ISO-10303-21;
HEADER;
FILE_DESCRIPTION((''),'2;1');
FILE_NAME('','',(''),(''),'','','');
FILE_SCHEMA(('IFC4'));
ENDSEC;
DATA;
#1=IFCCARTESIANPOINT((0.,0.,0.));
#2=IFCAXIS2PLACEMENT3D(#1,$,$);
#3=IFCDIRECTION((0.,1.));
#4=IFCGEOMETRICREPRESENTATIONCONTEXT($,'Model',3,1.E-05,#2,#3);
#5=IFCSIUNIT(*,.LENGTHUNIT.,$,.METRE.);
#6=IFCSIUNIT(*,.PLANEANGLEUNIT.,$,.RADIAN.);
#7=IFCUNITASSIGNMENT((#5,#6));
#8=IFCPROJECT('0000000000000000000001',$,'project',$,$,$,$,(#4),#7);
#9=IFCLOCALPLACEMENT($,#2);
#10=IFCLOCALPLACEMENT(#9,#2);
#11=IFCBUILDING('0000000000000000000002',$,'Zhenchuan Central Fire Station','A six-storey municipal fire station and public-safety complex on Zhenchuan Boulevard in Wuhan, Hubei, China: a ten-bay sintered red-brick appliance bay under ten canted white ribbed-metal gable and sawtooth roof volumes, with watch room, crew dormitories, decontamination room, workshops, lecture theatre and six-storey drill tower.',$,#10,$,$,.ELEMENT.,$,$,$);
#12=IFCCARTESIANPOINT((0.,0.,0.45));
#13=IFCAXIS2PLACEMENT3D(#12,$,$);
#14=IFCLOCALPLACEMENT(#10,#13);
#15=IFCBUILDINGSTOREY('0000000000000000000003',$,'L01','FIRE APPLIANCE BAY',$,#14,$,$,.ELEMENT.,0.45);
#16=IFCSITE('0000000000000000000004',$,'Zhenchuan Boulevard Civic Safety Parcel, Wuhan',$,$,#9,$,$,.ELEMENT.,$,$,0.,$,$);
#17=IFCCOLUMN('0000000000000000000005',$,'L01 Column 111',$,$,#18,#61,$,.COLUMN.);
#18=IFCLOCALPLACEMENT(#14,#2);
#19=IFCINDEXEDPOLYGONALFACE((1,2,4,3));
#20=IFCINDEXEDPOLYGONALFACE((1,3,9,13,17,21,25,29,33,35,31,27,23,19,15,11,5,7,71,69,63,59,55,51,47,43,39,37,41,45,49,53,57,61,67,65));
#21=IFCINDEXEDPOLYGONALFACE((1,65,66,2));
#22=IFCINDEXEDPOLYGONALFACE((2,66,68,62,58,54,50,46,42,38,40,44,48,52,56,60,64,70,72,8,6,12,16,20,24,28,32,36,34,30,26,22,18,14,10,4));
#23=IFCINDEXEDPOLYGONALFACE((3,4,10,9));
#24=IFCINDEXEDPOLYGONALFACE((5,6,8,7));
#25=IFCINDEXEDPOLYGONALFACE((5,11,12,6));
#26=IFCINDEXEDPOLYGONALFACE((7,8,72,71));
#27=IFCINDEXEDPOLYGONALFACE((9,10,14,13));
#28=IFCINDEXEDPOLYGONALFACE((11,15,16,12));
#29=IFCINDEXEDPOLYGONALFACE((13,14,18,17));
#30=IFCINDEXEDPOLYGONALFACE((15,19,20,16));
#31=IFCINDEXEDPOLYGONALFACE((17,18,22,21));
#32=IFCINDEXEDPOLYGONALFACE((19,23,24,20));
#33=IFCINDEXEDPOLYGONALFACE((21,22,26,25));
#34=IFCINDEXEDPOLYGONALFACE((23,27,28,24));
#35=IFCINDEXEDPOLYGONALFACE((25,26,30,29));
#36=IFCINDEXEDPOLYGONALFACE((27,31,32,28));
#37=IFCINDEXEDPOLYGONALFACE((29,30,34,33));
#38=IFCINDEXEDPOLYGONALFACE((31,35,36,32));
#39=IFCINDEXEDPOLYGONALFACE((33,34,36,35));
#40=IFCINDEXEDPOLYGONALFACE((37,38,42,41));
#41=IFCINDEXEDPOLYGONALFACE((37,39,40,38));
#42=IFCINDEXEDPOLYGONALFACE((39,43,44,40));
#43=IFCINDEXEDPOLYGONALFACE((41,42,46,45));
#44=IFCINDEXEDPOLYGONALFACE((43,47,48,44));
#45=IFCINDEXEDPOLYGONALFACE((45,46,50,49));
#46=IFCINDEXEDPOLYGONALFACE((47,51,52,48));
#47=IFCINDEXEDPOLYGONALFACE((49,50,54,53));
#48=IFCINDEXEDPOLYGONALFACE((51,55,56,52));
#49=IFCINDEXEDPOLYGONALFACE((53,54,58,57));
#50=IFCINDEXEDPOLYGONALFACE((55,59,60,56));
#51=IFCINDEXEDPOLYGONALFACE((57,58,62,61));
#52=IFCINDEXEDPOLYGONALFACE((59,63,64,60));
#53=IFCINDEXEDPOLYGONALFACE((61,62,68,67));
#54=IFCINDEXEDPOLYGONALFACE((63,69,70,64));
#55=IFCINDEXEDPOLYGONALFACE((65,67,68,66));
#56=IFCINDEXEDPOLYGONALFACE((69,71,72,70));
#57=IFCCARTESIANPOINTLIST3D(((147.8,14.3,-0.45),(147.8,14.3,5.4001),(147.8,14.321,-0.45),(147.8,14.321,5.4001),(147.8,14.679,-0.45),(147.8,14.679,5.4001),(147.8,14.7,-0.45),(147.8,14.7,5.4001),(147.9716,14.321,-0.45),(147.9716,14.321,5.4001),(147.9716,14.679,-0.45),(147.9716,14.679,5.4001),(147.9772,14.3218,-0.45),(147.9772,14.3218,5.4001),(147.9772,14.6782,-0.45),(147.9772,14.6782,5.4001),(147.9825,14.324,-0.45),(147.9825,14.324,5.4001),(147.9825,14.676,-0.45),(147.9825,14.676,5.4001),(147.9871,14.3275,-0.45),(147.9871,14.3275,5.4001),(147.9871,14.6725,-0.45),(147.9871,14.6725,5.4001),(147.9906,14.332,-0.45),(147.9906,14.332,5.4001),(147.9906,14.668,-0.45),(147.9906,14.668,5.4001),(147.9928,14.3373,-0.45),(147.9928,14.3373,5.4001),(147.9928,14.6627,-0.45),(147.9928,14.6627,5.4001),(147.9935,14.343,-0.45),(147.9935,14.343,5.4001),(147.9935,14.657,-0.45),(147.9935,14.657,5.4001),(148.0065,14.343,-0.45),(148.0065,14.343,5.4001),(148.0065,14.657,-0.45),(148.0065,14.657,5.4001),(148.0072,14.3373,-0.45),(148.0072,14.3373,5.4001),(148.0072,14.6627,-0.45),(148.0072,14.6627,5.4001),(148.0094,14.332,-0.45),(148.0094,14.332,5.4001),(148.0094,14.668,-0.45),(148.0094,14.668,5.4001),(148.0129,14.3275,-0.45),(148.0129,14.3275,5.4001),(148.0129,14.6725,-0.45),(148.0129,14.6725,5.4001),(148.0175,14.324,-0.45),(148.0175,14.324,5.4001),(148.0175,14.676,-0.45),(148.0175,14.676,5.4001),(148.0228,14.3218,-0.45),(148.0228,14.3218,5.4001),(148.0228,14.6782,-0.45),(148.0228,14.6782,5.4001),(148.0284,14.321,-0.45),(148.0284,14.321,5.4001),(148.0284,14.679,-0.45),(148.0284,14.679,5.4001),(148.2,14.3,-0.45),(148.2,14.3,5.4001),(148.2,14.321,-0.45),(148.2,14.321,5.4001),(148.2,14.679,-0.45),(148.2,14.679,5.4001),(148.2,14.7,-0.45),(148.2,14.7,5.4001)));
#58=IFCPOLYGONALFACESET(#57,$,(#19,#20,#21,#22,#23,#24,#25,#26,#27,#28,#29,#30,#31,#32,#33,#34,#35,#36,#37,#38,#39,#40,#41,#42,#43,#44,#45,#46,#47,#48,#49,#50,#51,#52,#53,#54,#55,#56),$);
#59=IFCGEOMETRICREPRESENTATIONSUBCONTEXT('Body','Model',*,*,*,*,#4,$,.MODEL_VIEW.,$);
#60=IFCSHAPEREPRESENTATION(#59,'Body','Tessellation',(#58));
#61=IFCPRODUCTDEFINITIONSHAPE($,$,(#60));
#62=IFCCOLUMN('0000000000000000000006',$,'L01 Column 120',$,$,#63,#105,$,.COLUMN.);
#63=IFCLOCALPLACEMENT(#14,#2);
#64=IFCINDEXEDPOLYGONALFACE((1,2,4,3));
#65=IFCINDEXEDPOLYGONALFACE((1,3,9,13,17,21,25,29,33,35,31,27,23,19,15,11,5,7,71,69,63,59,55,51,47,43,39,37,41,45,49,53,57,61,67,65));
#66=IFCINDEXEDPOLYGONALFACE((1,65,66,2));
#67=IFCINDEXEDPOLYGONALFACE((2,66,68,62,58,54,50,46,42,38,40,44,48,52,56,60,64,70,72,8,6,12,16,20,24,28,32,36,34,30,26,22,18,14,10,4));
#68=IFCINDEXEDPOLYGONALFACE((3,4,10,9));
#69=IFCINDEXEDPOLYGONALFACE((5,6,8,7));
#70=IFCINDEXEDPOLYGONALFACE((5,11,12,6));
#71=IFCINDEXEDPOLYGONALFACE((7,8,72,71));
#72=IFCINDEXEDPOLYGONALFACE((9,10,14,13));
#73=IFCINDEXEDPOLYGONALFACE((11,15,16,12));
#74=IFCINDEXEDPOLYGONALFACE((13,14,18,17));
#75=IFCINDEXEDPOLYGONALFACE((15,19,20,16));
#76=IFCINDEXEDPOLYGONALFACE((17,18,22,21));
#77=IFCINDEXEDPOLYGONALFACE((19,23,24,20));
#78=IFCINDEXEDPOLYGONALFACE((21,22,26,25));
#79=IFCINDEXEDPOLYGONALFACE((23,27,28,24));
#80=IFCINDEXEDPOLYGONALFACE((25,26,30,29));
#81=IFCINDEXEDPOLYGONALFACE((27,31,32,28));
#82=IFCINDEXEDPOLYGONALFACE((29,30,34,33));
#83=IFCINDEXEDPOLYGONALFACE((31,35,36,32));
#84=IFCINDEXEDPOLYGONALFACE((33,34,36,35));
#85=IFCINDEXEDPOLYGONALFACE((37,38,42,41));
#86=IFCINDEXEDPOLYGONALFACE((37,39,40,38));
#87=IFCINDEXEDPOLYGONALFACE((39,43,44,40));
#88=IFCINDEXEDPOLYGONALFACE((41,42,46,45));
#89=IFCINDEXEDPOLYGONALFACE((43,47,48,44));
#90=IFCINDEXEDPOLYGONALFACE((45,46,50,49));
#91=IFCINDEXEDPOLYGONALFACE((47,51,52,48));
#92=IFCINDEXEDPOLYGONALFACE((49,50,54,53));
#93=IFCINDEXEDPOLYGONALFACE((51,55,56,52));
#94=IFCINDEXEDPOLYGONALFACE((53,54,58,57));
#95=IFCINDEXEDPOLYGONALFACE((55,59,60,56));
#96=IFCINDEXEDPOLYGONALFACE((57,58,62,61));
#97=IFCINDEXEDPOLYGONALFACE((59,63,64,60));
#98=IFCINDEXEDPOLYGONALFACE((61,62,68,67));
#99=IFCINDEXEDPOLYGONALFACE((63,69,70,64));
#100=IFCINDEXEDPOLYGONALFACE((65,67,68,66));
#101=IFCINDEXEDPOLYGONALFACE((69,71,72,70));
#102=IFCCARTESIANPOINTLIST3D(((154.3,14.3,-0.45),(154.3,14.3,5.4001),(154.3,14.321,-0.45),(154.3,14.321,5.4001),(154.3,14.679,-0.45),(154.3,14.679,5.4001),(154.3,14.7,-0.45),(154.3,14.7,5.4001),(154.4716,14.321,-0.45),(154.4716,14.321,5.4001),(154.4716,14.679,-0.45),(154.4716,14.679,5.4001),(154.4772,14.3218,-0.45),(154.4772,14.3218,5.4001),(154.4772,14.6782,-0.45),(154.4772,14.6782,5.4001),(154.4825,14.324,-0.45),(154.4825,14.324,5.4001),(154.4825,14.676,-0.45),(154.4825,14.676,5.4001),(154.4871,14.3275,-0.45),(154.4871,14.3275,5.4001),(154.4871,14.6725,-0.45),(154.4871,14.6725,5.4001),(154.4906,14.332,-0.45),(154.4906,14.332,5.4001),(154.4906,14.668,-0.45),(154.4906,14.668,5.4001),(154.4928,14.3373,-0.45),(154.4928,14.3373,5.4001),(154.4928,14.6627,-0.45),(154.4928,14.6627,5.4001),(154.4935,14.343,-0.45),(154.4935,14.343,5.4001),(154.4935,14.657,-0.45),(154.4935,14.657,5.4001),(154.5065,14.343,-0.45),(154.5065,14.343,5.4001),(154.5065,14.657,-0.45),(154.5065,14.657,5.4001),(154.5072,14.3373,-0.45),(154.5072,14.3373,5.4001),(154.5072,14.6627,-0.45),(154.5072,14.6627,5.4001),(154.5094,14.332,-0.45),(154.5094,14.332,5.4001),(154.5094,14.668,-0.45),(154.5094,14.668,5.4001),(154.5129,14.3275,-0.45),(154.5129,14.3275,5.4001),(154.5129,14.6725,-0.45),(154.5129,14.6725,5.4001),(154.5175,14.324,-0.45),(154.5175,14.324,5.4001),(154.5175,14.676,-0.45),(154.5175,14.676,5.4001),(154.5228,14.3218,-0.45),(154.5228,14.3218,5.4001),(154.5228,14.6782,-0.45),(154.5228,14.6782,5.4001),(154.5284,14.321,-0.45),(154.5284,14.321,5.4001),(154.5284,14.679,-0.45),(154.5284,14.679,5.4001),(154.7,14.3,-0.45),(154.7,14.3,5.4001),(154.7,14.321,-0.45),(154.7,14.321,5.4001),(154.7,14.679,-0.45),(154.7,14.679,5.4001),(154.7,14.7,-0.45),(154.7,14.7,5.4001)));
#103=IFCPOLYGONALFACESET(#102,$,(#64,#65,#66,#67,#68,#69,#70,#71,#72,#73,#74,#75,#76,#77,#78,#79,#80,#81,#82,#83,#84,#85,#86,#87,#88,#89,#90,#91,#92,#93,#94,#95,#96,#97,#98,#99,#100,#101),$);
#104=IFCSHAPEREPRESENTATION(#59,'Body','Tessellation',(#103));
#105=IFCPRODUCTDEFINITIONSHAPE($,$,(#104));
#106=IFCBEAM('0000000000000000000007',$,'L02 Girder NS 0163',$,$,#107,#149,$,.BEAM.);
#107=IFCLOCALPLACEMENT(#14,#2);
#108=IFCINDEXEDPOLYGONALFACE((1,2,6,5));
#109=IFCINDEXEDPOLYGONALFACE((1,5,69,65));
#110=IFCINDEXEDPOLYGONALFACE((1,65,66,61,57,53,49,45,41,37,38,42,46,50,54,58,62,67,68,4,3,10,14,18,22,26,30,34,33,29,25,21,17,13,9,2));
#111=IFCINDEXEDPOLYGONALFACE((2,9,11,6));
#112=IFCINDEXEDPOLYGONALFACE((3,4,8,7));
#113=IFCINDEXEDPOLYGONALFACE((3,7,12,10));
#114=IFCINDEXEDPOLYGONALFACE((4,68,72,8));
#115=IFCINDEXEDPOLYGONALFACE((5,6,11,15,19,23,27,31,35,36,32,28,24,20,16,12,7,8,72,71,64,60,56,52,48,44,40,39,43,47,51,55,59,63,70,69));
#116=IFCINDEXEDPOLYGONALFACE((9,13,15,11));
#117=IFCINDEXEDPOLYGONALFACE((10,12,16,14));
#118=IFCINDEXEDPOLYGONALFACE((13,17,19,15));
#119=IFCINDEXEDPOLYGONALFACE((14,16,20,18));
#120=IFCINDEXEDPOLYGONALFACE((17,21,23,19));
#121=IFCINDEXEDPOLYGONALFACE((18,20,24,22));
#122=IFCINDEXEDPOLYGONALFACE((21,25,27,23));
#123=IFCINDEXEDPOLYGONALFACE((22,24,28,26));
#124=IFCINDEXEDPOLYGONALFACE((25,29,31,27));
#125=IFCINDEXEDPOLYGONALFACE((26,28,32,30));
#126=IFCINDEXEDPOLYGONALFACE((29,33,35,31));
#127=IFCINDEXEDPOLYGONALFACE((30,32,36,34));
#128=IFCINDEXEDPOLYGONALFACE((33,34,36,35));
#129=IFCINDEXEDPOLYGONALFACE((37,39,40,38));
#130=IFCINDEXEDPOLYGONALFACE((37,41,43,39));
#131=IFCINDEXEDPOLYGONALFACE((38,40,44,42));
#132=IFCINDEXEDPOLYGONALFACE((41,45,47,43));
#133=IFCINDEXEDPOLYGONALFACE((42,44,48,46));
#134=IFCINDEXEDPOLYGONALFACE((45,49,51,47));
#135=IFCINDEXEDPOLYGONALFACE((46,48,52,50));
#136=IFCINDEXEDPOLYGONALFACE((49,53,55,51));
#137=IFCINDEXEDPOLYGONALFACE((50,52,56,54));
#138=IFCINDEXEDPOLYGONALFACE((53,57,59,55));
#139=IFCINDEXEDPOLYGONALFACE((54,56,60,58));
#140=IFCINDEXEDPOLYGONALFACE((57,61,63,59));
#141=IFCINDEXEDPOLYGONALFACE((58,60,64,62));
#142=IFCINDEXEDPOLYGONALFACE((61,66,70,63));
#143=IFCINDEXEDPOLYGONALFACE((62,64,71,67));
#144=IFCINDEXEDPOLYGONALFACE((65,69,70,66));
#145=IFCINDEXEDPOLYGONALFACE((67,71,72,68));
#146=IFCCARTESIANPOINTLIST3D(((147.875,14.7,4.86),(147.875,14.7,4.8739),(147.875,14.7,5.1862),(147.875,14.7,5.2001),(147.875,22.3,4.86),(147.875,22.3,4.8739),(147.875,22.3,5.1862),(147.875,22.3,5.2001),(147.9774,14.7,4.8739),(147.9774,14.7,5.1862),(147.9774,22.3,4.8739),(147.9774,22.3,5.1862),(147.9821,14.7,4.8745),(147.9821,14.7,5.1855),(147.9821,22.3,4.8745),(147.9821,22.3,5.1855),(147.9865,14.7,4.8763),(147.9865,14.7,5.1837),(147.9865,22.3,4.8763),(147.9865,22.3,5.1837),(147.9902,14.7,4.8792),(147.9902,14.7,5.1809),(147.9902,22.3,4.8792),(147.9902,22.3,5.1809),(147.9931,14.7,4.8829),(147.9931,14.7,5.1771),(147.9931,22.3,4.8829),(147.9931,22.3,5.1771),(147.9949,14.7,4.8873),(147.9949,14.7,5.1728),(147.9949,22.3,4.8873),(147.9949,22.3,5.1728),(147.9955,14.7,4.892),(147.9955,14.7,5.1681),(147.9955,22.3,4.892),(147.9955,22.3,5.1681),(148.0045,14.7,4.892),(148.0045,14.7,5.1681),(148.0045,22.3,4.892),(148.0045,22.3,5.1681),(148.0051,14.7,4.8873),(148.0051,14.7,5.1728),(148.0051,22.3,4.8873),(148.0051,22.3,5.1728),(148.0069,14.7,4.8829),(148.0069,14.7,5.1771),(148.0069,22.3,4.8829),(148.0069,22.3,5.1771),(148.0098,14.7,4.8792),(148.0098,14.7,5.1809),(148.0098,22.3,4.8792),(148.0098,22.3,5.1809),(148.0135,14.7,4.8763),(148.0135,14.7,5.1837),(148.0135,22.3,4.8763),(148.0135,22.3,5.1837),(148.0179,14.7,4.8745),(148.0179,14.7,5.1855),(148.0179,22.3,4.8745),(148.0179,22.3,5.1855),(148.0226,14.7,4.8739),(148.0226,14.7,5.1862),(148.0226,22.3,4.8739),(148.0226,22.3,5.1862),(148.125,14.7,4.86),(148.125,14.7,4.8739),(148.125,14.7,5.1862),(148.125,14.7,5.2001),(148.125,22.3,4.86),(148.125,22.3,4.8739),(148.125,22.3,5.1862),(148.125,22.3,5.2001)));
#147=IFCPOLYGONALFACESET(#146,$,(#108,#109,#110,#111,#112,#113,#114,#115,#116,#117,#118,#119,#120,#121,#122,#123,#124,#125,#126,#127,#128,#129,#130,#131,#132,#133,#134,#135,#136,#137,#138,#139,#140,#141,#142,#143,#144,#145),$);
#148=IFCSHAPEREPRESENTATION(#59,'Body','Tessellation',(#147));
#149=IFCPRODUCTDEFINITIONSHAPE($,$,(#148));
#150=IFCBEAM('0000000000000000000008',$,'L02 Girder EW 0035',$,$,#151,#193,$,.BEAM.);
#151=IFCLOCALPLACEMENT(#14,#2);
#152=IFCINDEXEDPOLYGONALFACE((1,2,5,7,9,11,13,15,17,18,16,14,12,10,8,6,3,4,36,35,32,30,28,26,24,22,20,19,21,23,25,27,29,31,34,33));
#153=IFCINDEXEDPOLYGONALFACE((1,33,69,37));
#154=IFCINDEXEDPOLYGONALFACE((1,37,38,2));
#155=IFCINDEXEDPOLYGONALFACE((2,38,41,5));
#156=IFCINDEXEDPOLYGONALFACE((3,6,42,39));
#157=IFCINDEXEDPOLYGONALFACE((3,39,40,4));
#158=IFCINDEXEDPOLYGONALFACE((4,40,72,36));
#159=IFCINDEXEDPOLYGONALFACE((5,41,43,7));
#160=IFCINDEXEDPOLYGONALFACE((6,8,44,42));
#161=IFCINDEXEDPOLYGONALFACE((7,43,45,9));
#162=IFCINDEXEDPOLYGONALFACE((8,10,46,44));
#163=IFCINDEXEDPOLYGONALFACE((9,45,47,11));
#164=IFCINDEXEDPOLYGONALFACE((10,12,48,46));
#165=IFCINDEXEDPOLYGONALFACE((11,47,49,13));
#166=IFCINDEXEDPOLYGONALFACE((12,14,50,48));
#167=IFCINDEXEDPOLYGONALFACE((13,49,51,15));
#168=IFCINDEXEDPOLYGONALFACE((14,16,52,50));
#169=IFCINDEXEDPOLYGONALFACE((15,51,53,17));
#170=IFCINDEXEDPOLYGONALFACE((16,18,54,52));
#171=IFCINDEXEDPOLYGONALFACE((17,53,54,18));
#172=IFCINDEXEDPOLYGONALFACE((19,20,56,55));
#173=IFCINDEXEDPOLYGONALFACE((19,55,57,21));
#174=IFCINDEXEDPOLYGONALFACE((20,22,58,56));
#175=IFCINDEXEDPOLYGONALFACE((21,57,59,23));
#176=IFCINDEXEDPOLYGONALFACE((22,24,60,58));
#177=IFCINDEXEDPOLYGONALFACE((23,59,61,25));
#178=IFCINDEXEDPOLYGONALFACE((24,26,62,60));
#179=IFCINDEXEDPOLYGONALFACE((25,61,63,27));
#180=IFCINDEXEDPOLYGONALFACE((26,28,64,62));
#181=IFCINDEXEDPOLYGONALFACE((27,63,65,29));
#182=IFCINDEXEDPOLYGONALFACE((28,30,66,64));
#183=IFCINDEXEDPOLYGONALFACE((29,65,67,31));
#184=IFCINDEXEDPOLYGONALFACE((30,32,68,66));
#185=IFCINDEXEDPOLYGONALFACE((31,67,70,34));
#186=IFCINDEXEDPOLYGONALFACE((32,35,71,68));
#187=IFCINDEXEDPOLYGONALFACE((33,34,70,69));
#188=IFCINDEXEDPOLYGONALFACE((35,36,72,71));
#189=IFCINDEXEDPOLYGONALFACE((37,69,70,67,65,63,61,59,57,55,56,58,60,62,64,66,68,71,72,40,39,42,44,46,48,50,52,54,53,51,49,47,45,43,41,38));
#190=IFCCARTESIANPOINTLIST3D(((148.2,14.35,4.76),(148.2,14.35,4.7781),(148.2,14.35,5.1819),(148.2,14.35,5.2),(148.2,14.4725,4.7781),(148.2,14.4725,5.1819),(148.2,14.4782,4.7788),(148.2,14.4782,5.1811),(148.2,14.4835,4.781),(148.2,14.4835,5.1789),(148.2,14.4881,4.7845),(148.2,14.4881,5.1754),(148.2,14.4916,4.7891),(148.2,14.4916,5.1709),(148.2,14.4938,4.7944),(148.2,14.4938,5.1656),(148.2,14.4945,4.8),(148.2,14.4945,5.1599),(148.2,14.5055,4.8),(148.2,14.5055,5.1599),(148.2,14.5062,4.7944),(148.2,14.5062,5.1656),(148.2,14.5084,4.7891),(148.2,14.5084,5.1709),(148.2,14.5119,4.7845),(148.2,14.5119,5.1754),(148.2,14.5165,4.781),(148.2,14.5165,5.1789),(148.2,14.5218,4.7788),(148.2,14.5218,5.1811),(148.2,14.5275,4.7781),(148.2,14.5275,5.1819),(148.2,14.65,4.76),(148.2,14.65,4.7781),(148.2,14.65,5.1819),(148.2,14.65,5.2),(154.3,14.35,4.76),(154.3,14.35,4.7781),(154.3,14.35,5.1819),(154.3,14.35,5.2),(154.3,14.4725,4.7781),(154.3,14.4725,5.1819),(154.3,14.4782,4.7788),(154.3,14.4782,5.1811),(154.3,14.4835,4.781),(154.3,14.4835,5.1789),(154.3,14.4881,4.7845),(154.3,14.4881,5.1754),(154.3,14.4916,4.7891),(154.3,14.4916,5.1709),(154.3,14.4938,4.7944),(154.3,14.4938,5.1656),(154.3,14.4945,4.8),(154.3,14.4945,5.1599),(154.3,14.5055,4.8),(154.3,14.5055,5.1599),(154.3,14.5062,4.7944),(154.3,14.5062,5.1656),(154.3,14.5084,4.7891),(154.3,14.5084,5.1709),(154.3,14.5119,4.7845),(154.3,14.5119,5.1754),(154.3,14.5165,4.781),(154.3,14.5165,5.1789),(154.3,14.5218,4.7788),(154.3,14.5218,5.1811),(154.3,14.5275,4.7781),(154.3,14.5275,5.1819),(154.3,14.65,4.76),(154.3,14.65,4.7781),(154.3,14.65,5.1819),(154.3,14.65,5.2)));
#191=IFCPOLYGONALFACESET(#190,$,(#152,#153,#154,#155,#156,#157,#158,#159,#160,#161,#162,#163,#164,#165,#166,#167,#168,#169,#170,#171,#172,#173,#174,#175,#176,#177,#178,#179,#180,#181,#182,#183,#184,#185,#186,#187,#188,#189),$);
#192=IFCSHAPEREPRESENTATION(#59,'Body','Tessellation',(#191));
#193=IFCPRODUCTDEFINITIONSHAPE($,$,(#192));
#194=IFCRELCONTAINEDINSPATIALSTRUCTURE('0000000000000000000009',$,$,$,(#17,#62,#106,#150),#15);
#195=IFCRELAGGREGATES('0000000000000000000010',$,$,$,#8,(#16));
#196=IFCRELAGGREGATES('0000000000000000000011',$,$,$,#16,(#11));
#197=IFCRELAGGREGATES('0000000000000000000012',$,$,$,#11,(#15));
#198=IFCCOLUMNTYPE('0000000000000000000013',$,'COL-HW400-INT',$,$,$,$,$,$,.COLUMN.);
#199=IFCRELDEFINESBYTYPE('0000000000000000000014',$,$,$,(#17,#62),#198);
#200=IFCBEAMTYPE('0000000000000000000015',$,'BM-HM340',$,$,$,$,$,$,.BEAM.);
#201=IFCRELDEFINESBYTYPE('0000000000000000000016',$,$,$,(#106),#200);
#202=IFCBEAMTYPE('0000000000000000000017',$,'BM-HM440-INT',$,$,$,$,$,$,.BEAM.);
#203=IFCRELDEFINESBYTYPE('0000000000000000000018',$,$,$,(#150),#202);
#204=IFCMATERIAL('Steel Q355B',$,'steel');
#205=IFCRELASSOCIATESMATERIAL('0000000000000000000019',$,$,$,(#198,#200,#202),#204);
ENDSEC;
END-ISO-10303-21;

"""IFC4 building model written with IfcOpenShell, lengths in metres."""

from ifc_helpers import new_model, si_unit, direction, frame, origin, origin_2d, place, context, subcontext, project, spatial, i_section, extrude, material, material_profile, profile_set, type_object, element, save


model = new_model("IFC4")

# Units and contexts
model_context = context("Model", 3, precision=1e-05, world=origin(), true_north=direction((0.0, 1.0)))
body_context = subcontext(model_context, "Body", "Model", "MODEL_VIEW")
ifc_project = project(units=[si_unit("LENGTHUNIT", "METRE"), si_unit("PLANEANGLEUNIT", "RADIAN")], contexts=[model_context])

# Site, building, storey
site_placement = place(None, origin())
site = spatial("IfcSite", under=ifc_project, at=site_placement, Name="Zhenchuan Boulevard Civic Safety Parcel, Wuhan", CompositionType="ELEMENT", RefElevation=0.0)
building_placement = place(site_placement, origin())
building = spatial("IfcBuilding", under=site, at=building_placement, Name="Zhenchuan Central Fire Station", Description="A six-storey municipal fire station and public-safety complex on Zhenchuan Boulevard in Wuhan, Hubei, China: a ten-bay sintered red-brick appliance bay under ten canted white ribbed-metal gable and sawtooth roof volumes, with watch room, crew dormitories, decontamination room, workshops, lecture theatre and six-storey drill tower.", CompositionType="ELEMENT")
storey_placement = place(building_placement, frame((0.0, 0.0, 0.45)))
storey = spatial("IfcBuildingStorey", under=building, at=storey_placement, Name="L01", Description="FIRE APPLIANCE BAY", CompositionType="ELEMENT", Elevation=0.45)

# Columns
ifc_material_1 = material(Name="Steel Q355B", Category="steel")
ifc_material_profile_1 = material_profile(ifc_material_1, i_section(OverallWidth=0.3999, OverallDepth=0.3999, WebThickness=0.0129, FlangeThickness=0.021, FilletRadius=0.022, at=origin_2d()), Name="HW 400x400")
ifc_profile_set_1 = profile_set([ifc_material_profile_1], Name="Steel Q355B")
column_type = type_object("IfcColumnType", Name="COL-HW400-INT", PredefinedType="COLUMN", material=ifc_profile_set_1)
for number, where, z_axis, x_axis, name in (
    (1, (148.0, 14.5, -0.45), (0.0, 0.0, 1.0), (1.0, 0.0, 0.0), "L01 Column 111"),
    (2, (154.5, 14.5, -0.45), (0.0, 0.0, 1.0), (1.0, 0.0, 0.0), "L01 Column 120"),
):
    element("IfcColumn", number, at=place(storey_placement, frame(where, z_axis=z_axis, x_axis=x_axis)), inside=storey, type_object=column_type, Name=name, PredefinedType="COLUMN", context=body_context, shape_type="SweptSolid", body=[
        extrude(i_section(OverallWidth=0.3999, OverallDepth=0.3999, WebThickness=0.0129, FlangeThickness=0.021, FilletRadius=0.022, at=origin_2d()), origin(), (0.0, 0.0, 1.0), 5.8501),
    ])

# Beams
ifc_material_profile_2 = material_profile(ifc_material_1, i_section(OverallWidth=0.25, OverallDepth=0.3401, WebThickness=0.009, FlangeThickness=0.0139, FilletRadius=0.0181, at=origin_2d()), Name="HM 340x250")
ifc_profile_set_2 = profile_set([ifc_material_profile_2], Name="Steel Q355B")
beam_type_1 = type_object("IfcBeamType", Name="BM-HM340", PredefinedType="BEAM", material=ifc_profile_set_2)
beam_1_placement = place(storey_placement, frame((148.0, 14.7, 5.03), z_axis=(0.0, 1.0, 0.0), x_axis=(-1.0, 0.0, 0.0)))
element("IfcBeam", 3, at=beam_1_placement, inside=storey, type_object=beam_type_1, Name="L02 Girder NS 0163", PredefinedType="BEAM", context=body_context, shape_type="SweptSolid", body=[
    extrude(i_section(OverallWidth=0.25, OverallDepth=0.3401, WebThickness=0.009, FlangeThickness=0.0139, FilletRadius=0.0181, at=origin_2d()), origin(), (0.0, 0.0, 1.0), 7.6001),
])
ifc_material_profile_3 = material_profile(ifc_material_1, i_section(OverallWidth=0.3, OverallDepth=0.4399, WebThickness=0.011, FlangeThickness=0.0181, FilletRadius=0.022, at=origin_2d()), Name="HM 440x300")
ifc_profile_set_3 = profile_set([ifc_material_profile_3], Name="Steel Q355B")
beam_type_2 = type_object("IfcBeamType", Name="BM-HM440-INT", PredefinedType="BEAM", material=ifc_profile_set_3)
beam_2_placement = place(storey_placement, frame((148.2, 14.5, 4.98), z_axis=(1.0, 0.0, 0.0), x_axis=(0.0, 1.0, 0.0)))
element("IfcBeam", 4, at=beam_2_placement, inside=storey, type_object=beam_type_2, Name="L02 Girder EW 0035", PredefinedType="BEAM", context=body_context, shape_type="SweptSolid", body=[
    extrude(i_section(OverallWidth=0.3, OverallDepth=0.4399, WebThickness=0.011, FlangeThickness=0.0181, FilletRadius=0.022, at=origin_2d()), origin(), (0.0, 0.0, 1.0), 6.1001),
])

save(model, "model.ifc")
